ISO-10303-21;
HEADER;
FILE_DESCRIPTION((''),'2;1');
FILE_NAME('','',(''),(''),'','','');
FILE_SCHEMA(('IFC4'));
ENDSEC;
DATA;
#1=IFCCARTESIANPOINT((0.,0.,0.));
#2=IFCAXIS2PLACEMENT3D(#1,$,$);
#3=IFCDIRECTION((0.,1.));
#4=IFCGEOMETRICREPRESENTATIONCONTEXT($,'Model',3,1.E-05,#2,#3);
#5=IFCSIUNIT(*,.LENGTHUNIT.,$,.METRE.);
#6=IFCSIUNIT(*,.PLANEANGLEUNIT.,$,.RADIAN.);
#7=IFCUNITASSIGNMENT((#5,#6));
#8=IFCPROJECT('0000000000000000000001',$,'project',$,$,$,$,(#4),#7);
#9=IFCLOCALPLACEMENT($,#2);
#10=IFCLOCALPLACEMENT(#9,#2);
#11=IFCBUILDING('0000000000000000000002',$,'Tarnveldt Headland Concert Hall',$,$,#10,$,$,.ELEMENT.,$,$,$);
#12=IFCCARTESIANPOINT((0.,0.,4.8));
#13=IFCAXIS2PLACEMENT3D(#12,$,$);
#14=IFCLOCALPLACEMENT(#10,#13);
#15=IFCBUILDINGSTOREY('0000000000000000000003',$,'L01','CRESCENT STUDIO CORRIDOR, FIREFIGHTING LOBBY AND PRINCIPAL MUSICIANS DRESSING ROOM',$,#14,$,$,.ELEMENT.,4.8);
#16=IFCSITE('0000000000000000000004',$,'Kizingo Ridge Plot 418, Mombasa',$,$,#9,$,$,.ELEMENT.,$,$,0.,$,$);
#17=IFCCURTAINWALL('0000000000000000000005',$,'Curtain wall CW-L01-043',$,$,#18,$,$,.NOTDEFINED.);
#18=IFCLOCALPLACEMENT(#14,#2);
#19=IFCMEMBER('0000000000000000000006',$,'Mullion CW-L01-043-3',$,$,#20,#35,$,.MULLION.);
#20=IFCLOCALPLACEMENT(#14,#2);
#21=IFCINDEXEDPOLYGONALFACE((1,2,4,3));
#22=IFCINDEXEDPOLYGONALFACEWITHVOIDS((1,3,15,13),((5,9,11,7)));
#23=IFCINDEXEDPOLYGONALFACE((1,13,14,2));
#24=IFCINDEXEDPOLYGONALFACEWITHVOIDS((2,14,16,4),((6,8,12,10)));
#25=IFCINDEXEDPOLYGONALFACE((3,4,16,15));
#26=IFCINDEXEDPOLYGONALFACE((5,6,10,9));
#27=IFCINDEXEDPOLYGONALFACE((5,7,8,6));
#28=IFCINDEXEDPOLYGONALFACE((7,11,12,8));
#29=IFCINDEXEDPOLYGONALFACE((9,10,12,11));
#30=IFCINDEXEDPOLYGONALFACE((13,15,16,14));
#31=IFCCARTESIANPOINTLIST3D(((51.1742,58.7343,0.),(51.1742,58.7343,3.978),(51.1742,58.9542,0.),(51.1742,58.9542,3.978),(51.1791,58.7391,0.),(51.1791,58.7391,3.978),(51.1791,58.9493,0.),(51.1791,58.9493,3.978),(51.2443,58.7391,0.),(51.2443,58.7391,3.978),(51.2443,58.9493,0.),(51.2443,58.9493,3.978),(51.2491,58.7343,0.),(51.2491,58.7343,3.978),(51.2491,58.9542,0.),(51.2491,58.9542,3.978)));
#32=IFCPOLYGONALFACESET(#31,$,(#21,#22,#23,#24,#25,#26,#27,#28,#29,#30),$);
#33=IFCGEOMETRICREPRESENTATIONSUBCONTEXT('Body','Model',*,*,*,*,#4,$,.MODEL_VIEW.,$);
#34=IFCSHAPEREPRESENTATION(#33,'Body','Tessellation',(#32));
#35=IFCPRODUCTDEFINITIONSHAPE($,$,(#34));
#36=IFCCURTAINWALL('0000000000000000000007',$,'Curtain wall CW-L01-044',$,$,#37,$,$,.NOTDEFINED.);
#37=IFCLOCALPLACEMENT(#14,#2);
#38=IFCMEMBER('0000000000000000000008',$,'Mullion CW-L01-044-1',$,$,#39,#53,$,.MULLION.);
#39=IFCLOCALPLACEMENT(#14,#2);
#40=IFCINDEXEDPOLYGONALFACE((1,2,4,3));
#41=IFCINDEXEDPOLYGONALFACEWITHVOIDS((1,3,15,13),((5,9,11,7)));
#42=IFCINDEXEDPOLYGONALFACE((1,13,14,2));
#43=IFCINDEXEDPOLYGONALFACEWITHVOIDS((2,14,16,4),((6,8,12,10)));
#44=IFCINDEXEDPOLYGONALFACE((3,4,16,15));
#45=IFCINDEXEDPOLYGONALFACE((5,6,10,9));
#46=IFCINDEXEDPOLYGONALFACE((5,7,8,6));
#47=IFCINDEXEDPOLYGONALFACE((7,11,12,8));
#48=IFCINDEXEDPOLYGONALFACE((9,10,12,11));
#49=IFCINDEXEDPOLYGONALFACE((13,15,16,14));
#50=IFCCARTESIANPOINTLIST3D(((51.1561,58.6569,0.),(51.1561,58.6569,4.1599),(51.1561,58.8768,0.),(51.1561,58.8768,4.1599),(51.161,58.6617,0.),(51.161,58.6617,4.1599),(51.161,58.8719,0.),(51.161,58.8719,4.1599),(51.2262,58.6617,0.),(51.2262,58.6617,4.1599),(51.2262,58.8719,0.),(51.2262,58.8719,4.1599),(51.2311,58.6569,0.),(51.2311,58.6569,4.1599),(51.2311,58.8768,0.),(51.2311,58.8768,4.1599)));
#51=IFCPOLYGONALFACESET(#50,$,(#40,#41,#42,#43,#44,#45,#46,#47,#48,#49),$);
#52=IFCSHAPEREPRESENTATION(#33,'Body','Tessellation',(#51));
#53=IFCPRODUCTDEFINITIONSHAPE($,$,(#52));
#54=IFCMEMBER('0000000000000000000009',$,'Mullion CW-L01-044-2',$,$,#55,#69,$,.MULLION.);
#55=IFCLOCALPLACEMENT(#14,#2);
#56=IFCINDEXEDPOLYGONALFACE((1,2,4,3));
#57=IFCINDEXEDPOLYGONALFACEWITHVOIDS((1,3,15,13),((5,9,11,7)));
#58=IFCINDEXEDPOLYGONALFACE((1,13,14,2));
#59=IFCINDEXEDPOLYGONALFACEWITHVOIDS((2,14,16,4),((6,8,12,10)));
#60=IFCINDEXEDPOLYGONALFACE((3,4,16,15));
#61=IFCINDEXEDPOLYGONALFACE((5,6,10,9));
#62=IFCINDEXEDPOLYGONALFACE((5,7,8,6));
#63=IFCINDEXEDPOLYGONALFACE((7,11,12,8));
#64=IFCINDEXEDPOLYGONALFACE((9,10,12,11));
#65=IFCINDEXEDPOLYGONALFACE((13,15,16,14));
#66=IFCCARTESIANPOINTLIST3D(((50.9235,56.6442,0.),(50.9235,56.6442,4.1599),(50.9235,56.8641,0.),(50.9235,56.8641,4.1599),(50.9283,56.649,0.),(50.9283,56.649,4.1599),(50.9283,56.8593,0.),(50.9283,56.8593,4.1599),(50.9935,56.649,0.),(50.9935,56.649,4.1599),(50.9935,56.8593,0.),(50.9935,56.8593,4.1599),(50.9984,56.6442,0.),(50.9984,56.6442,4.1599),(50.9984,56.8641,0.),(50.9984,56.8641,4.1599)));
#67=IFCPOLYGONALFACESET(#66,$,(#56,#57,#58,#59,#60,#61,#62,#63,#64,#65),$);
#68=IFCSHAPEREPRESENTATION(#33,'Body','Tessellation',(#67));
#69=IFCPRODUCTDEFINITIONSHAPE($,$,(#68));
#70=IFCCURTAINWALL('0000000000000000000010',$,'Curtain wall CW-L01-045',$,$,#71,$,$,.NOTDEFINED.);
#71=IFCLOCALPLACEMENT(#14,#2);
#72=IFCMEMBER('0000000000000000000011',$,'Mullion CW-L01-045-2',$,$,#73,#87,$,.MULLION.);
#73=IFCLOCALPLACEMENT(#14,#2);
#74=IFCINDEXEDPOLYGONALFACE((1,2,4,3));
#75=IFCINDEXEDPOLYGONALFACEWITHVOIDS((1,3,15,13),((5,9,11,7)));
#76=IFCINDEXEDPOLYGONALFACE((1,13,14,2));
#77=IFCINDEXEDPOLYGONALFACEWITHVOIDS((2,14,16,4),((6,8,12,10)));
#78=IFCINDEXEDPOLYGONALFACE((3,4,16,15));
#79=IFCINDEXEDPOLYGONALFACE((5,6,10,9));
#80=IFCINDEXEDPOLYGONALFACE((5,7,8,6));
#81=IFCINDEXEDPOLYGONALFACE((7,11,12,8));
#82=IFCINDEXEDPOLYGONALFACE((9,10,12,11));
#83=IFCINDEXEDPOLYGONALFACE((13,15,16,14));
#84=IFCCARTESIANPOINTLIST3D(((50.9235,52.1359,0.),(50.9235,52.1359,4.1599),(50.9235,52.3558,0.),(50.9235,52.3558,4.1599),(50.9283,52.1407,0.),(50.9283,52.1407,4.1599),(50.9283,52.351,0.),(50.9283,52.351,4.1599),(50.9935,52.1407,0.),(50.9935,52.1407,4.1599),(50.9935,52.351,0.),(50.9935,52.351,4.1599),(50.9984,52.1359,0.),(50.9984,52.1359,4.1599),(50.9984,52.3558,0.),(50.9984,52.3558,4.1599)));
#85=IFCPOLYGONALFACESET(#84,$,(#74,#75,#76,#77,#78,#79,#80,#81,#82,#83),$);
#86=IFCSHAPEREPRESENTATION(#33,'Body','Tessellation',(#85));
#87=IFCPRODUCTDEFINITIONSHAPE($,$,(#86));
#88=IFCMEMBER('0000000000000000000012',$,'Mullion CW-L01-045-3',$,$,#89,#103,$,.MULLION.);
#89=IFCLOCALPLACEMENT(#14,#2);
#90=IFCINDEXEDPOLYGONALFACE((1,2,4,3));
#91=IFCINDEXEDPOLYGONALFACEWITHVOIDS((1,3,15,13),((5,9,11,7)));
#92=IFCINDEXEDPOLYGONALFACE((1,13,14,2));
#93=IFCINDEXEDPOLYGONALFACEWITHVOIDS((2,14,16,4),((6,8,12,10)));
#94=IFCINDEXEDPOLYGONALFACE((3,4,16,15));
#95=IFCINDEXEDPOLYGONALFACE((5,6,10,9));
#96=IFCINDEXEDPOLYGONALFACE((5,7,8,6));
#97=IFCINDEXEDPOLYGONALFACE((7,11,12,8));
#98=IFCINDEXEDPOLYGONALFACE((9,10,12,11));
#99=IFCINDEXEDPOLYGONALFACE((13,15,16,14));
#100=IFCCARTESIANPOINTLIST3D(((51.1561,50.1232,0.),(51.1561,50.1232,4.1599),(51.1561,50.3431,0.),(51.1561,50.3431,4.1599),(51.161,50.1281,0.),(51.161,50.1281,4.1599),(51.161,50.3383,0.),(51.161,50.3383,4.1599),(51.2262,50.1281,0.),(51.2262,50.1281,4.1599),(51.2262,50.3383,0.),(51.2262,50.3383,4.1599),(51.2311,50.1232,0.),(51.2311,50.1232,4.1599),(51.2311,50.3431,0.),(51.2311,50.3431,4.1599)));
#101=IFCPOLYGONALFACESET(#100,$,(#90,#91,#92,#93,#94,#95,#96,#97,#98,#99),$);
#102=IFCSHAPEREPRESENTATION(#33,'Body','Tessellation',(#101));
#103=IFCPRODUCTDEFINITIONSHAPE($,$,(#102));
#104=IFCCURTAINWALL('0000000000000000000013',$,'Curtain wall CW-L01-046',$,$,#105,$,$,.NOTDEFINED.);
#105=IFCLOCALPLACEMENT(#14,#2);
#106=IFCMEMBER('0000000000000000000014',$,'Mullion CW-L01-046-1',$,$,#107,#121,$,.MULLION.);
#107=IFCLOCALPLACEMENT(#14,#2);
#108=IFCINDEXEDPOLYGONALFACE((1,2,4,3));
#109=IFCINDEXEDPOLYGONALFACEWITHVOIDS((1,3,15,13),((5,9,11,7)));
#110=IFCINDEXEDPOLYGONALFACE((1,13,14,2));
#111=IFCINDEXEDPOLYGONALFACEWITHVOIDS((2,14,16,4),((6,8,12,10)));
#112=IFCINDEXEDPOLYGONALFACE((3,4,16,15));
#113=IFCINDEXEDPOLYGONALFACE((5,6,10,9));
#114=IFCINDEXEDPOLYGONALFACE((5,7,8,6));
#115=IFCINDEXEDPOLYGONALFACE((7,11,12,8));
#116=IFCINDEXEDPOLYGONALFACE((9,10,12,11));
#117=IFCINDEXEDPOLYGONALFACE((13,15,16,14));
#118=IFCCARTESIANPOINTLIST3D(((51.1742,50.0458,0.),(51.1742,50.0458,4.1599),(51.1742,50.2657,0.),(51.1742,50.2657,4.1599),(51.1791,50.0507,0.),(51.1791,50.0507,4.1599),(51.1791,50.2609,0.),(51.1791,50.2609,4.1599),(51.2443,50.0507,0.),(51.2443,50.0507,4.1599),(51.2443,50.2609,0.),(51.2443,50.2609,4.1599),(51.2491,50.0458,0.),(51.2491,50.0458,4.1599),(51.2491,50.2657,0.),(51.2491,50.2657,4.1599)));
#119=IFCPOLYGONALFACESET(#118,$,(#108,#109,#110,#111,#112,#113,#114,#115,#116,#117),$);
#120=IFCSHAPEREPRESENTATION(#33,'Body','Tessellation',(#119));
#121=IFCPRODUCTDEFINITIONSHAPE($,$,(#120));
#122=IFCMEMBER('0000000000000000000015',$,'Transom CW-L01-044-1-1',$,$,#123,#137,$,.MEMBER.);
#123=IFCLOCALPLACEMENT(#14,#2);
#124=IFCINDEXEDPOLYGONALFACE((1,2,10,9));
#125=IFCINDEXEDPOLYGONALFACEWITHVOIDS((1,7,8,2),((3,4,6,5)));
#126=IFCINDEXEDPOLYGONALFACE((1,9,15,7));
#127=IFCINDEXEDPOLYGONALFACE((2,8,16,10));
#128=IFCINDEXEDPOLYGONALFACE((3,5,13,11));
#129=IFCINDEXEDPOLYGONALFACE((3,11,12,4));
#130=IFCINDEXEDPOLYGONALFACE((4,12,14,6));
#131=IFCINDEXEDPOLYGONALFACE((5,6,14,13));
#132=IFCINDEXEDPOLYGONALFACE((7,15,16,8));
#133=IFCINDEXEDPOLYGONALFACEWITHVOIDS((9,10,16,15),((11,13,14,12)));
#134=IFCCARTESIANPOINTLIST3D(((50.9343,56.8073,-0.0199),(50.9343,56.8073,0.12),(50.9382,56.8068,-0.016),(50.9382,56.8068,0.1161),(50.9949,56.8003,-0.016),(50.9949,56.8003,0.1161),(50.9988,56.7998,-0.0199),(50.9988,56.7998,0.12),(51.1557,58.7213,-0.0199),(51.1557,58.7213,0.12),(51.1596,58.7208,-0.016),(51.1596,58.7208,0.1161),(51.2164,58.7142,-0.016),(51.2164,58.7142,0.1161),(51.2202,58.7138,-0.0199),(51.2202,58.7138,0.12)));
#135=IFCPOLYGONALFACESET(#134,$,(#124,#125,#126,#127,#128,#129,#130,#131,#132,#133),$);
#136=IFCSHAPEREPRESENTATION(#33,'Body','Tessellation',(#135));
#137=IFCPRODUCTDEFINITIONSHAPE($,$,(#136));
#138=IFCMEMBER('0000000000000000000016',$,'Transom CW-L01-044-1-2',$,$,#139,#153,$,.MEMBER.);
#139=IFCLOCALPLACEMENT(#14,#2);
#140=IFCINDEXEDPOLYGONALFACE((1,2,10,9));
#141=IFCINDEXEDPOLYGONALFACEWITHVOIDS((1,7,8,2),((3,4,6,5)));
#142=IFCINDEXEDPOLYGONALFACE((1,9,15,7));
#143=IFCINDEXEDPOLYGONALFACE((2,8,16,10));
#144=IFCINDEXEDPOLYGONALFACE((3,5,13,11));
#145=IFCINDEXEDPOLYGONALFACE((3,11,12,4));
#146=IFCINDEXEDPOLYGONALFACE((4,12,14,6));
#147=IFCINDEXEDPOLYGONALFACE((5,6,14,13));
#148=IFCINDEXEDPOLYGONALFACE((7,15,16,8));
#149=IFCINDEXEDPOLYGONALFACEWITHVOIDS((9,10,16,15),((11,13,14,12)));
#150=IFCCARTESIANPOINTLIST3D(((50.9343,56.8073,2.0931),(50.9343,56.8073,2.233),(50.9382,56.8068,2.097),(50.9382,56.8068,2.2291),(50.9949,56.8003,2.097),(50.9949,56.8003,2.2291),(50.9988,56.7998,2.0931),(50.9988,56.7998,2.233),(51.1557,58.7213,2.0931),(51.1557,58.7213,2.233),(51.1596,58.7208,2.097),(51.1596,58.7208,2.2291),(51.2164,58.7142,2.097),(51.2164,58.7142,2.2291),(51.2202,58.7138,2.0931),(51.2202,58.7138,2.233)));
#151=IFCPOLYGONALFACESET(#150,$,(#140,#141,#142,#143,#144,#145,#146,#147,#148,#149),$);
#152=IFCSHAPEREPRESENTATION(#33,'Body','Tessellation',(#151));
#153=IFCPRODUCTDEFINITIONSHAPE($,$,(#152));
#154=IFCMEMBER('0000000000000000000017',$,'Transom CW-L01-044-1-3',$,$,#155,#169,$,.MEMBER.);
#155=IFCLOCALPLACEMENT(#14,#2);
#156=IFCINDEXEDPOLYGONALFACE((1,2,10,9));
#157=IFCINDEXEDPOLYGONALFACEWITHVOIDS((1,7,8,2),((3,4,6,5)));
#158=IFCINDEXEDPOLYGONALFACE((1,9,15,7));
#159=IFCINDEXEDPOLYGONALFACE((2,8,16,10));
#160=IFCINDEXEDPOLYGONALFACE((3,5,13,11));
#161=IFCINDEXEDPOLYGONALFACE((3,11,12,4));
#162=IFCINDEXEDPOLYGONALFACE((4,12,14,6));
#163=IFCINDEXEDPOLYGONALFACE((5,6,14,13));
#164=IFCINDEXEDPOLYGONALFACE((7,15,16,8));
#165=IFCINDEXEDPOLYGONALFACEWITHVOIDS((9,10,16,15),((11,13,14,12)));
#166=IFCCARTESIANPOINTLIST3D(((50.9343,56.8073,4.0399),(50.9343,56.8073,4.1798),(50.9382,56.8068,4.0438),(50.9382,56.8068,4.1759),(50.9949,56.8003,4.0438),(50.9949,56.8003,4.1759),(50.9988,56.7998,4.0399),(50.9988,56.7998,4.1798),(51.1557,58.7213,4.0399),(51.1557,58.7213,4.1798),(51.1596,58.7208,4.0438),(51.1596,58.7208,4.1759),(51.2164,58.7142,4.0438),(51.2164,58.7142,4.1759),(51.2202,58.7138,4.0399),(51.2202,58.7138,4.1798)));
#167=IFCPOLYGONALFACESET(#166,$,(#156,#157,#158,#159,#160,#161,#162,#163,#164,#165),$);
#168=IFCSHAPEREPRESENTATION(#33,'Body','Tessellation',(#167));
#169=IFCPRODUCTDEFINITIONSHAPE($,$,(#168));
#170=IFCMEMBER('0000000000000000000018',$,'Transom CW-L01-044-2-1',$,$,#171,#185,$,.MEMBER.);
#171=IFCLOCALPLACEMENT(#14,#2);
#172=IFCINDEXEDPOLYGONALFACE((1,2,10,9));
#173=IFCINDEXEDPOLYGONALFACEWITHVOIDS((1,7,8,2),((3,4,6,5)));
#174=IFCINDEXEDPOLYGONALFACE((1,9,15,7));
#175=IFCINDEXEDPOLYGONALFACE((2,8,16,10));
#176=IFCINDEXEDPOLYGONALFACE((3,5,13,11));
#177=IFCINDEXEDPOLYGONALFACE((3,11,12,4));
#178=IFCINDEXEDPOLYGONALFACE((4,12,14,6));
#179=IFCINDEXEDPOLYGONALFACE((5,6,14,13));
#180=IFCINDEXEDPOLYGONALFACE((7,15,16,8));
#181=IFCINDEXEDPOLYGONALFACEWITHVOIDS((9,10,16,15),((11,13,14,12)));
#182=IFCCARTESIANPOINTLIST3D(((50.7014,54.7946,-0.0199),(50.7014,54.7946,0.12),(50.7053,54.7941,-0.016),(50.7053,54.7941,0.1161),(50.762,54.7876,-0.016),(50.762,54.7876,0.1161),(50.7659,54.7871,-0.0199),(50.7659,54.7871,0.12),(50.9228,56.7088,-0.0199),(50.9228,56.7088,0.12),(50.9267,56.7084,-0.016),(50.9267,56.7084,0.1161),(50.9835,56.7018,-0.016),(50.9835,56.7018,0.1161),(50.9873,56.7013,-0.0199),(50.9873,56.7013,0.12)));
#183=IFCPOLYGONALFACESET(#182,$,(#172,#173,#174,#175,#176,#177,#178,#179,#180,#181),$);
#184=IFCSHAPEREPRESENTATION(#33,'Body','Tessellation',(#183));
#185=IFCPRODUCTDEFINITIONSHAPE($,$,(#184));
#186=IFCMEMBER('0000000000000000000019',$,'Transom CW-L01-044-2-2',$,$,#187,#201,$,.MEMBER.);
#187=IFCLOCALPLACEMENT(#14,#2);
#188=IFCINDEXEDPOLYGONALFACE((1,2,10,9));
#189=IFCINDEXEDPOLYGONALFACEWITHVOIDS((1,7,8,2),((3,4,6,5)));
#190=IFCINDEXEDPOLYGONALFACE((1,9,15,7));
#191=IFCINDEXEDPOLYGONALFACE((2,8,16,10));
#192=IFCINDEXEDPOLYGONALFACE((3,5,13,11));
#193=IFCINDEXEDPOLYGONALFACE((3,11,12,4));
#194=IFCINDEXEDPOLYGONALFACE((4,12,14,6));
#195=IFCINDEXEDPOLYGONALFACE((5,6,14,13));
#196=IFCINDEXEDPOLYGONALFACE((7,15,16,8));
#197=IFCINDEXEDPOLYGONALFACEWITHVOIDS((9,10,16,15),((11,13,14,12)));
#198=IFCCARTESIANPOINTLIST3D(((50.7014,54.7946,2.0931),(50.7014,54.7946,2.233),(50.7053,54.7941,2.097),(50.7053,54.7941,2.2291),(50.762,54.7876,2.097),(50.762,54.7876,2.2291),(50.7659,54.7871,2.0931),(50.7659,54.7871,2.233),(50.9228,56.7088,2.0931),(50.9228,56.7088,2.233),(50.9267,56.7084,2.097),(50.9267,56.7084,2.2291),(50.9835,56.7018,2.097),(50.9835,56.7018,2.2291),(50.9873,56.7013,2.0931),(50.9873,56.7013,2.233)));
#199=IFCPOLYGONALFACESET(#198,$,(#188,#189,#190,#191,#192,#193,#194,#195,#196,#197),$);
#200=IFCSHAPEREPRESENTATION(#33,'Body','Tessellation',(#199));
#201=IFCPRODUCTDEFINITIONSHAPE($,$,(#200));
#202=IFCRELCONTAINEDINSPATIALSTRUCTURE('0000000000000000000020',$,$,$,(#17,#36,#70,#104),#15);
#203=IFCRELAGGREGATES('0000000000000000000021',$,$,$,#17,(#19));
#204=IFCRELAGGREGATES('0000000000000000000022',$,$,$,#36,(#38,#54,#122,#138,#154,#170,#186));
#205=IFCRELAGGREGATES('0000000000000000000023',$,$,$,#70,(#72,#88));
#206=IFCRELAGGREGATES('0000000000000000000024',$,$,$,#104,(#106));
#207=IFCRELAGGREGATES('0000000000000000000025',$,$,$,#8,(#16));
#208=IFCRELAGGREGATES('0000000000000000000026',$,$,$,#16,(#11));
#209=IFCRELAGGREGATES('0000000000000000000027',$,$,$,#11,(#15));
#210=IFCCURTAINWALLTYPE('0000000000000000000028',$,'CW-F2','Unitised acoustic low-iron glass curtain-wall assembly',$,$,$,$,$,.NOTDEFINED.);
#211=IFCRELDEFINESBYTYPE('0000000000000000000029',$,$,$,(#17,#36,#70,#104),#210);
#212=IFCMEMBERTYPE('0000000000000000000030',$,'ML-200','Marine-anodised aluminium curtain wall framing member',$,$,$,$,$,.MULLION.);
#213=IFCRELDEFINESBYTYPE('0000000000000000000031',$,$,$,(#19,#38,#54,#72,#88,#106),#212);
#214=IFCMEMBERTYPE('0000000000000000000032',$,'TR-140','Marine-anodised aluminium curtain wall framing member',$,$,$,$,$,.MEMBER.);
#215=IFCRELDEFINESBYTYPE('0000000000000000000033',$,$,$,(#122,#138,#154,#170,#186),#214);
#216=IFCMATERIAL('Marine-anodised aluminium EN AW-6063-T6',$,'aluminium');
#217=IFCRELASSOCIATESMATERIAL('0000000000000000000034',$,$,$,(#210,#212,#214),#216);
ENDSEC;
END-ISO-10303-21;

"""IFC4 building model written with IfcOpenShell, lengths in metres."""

from ifc_helpers import new_model, si_unit, direction, frame, origin, origin_2d, place, context, subcontext, project, spatial, hollow_rectangle, extrude, material, material_profile, profile_set, type_object, element, aggregate, save


model = new_model("IFC4")

# Units and contexts
model_context = context("Model", 3, precision=1e-05, world=origin(), true_north=direction((0.0, 1.0)))
body_context = subcontext(model_context, "Body", "Model", "MODEL_VIEW")
ifc_project = project(units=[si_unit("LENGTHUNIT", "METRE"), si_unit("PLANEANGLEUNIT", "RADIAN")], contexts=[model_context])

# Site, building, storey
site_placement = place(None, origin())
site = spatial("IfcSite", under=ifc_project, at=site_placement, Name="Kizingo Ridge Plot 418, Mombasa", CompositionType="ELEMENT", RefElevation=0.0)
building_placement = place(site_placement, origin())
building = spatial("IfcBuilding", under=site, at=building_placement, Name="Tarnveldt Headland Concert Hall", CompositionType="ELEMENT")
storey_placement = place(building_placement, frame((0.0, 0.0, 4.8)))
storey = spatial("IfcBuildingStorey", under=building, at=storey_placement, Name="L01", Description="CRESCENT STUDIO CORRIDOR, FIREFIGHTING LOBBY AND PRINCIPAL MUSICIANS DRESSING ROOM", CompositionType="ELEMENT", Elevation=4.8)

# Curtain wall, member
ifc_material_1 = material(Name="Marine-anodised aluminium EN AW-6063-T6", Category="aluminium")
curtain_wall_type = type_object("IfcCurtainWallType", Name="CW-F2", Description="Unitised acoustic low-iron glass curtain-wall assembly", PredefinedType="NOTDEFINED", material=ifc_material_1)
curtain_wall_1_placement = place(storey_placement, origin())
curtain_wall_1 = element("IfcCurtainWall", 1, at=curtain_wall_1_placement, inside=storey, type_object=curtain_wall_type, Name="Curtain wall CW-L01-043", PredefinedType="NOTDEFINED")
ifc_material_profile_1 = material_profile(ifc_material_1, hollow_rectangle(XDim=0.075, YDim=0.22, WallThickness=0.0049, at=origin_2d()), Name="ALU MULLION 75x220x5", Category="aluminium")
ifc_profile_set_1 = profile_set([ifc_material_profile_1], Name="Marine-anodised aluminium EN AW-6063-T6")
member_type_1 = type_object("IfcMemberType", Name="ML-200", Description="Marine-anodised aluminium curtain wall framing member", PredefinedType="MULLION", material=ifc_profile_set_1)
member_1_placement = place(storey_placement, frame((51.2117, 58.8442, 0.0), z_axis=(0.0, 0.0, 1.0), x_axis=(1.0, 0.0, 0.0)))
member_1 = element("IfcMember", 2, at=member_1_placement, type_object=member_type_1, Name="Mullion CW-L01-043-3", PredefinedType="MULLION", context=body_context, shape_type="SweptSolid", body=[
    extrude(hollow_rectangle(XDim=0.075, YDim=0.22, WallThickness=0.0049, at=origin_2d()), origin(), (0.0, 0.0, 1.0), 3.978),
])

# Curtain walls, members
curtain_wall_2_placement = place(storey_placement, origin())
curtain_wall_2 = element("IfcCurtainWall", 3, at=curtain_wall_2_placement, inside=storey, type_object=curtain_wall_type, Name="Curtain wall CW-L01-044", PredefinedType="NOTDEFINED")
member_2_placement = place(storey_placement, frame((51.1936, 58.7668, 0.0), z_axis=(0.0, 0.0, 1.0), x_axis=(1.0, 0.0, 0.0)))
member_2 = element("IfcMember", 4, at=member_2_placement, type_object=member_type_1, Name="Mullion CW-L01-044-1", PredefinedType="MULLION", context=body_context, shape_type="SweptSolid", body=[
    extrude(hollow_rectangle(XDim=0.075, YDim=0.22, WallThickness=0.0049, at=origin_2d()), origin(), (0.0, 0.0, 1.0), 4.1599),
])
member_3_placement = place(storey_placement, frame((50.9609, 56.7542, 0.0), z_axis=(0.0, 0.0, 1.0), x_axis=(1.0, 0.0, 0.0)))
member_3 = element("IfcMember", 5, at=member_3_placement, type_object=member_type_1, Name="Mullion CW-L01-044-2", PredefinedType="MULLION", context=body_context, shape_type="SweptSolid", body=[
    extrude(hollow_rectangle(XDim=0.075, YDim=0.22, WallThickness=0.0049, at=origin_2d()), origin(), (0.0, 0.0, 1.0), 4.1599),
])
curtain_wall_3_placement = place(storey_placement, origin())
curtain_wall_3 = element("IfcCurtainWall", 6, at=curtain_wall_3_placement, inside=storey, type_object=curtain_wall_type, Name="Curtain wall CW-L01-045", PredefinedType="NOTDEFINED")
member_4_placement = place(storey_placement, frame((50.9609, 52.2458, 0.0), z_axis=(0.0, 0.0, 1.0), x_axis=(1.0, 0.0, 0.0)))
member_4 = element("IfcMember", 7, at=member_4_placement, type_object=member_type_1, Name="Mullion CW-L01-045-2", PredefinedType="MULLION", context=body_context, shape_type="SweptSolid", body=[
    extrude(hollow_rectangle(XDim=0.075, YDim=0.22, WallThickness=0.0049, at=origin_2d()), origin(), (0.0, 0.0, 1.0), 4.1599),
])
member_5_placement = place(storey_placement, frame((51.1936, 50.2332, 0.0), z_axis=(0.0, 0.0, 1.0), x_axis=(1.0, 0.0, 0.0)))
member_5 = element("IfcMember", 8, at=member_5_placement, type_object=member_type_1, Name="Mullion CW-L01-045-3", PredefinedType="MULLION", context=body_context, shape_type="SweptSolid", body=[
    extrude(hollow_rectangle(XDim=0.075, YDim=0.22, WallThickness=0.0049, at=origin_2d()), origin(), (0.0, 0.0, 1.0), 4.1599),
])

# Curtain wall, member
curtain_wall_4_placement = place(storey_placement, origin())
curtain_wall_4 = element("IfcCurtainWall", 9, at=curtain_wall_4_placement, inside=storey, type_object=curtain_wall_type, Name="Curtain wall CW-L01-046", PredefinedType="NOTDEFINED")
member_6_placement = place(storey_placement, frame((51.2117, 50.1558, 0.0), z_axis=(0.0, 0.0, 1.0), x_axis=(1.0, 0.0, 0.0)))
member_6 = element("IfcMember", 10, at=member_6_placement, type_object=member_type_1, Name="Mullion CW-L01-046-1", PredefinedType="MULLION", context=body_context, shape_type="SweptSolid", body=[
    extrude(hollow_rectangle(XDim=0.075, YDim=0.22, WallThickness=0.0049, at=origin_2d()), origin(), (0.0, 0.0, 1.0), 4.1599),
])

# Members
ifc_material_profile_2 = material_profile(ifc_material_1, hollow_rectangle(XDim=0.0649, YDim=0.1399, WallThickness=0.0039, at=origin_2d()), Name="ALU TRANSOM 65x140x4", Category="aluminium")
ifc_profile_set_2 = profile_set([ifc_material_profile_2], Name="Marine-anodised aluminium EN AW-6063-T6")
member_type_2 = type_object("IfcMemberType", Name="TR-140", Description="Marine-anodised aluminium curtain wall framing member", PredefinedType="MEMBER", material=ifc_profile_set_2)
member_7_placement = place(storey_placement, frame((51.188, 58.7175, 0.05), z_axis=(-0.114922, -0.993374, 0.0), x_axis=(0.993374, -0.114922, 0.0)))
member_7 = element("IfcMember", 11, at=member_7_placement, type_object=member_type_2, Name="Transom CW-L01-044-1-1", PredefinedType="MEMBER", context=body_context, shape_type="SweptSolid", body=[
    extrude(hollow_rectangle(XDim=0.0649, YDim=0.1399, WallThickness=0.0039, at=origin_2d()), origin(), (0.0, 0.0, 1.0), 1.9268),
])
member_8_placement = place(storey_placement, frame((51.188, 58.7175, 2.1631), z_axis=(-0.114922, -0.993374, 0.0), x_axis=(0.993374, -0.114922, 0.0)))
member_8 = element("IfcMember", 12, at=member_8_placement, type_object=member_type_2, Name="Transom CW-L01-044-1-2", PredefinedType="MEMBER", context=body_context, shape_type="SweptSolid", body=[
    extrude(hollow_rectangle(XDim=0.0649, YDim=0.1399, WallThickness=0.0039, at=origin_2d()), origin(), (0.0, 0.0, 1.0), 1.9268),
])
member_9_placement = place(storey_placement, frame((51.188, 58.7175, 4.1099), z_axis=(-0.114922, -0.993374, 0.0), x_axis=(0.993374, -0.114922, 0.0)))
member_9 = element("IfcMember", 13, at=member_9_placement, type_object=member_type_2, Name="Transom CW-L01-044-1-3", PredefinedType="MEMBER", context=body_context, shape_type="SweptSolid", body=[
    extrude(hollow_rectangle(XDim=0.0649, YDim=0.1399, WallThickness=0.0039, at=origin_2d()), origin(), (0.0, 0.0, 1.0), 1.9268),
])
member_10_placement = place(storey_placement, frame((50.9551, 56.7051, 0.05), z_axis=(-0.114908, -0.993376, 0.0), x_axis=(0.993376, -0.114908, 0.0)))
member_10 = element("IfcMember", 14, at=member_10_placement, type_object=member_type_2, Name="Transom CW-L01-044-2-1", PredefinedType="MEMBER", context=body_context, shape_type="SweptSolid", body=[
    extrude(hollow_rectangle(XDim=0.0649, YDim=0.1399, WallThickness=0.0039, at=origin_2d()), origin(), (0.0, 0.0, 1.0), 1.927),
])
member_11_placement = place(storey_placement, frame((50.9551, 56.7051, 2.1631), z_axis=(-0.114908, -0.993376, 0.0), x_axis=(0.993376, -0.114908, 0.0)))
member_11 = element("IfcMember", 15, at=member_11_placement, type_object=member_type_2, Name="Transom CW-L01-044-2-2", PredefinedType="MEMBER", context=body_context, shape_type="SweptSolid", body=[
    extrude(hollow_rectangle(XDim=0.0649, YDim=0.1399, WallThickness=0.0039, at=origin_2d()), origin(), (0.0, 0.0, 1.0), 1.927),
])

aggregate(curtain_wall_1, [member_1])
aggregate(curtain_wall_2, [member_2, member_3, member_7, member_8, member_9, member_10, member_11])
aggregate(curtain_wall_3, [member_4, member_5])
aggregate(curtain_wall_4, [member_6])

save(model, "model.ifc")
